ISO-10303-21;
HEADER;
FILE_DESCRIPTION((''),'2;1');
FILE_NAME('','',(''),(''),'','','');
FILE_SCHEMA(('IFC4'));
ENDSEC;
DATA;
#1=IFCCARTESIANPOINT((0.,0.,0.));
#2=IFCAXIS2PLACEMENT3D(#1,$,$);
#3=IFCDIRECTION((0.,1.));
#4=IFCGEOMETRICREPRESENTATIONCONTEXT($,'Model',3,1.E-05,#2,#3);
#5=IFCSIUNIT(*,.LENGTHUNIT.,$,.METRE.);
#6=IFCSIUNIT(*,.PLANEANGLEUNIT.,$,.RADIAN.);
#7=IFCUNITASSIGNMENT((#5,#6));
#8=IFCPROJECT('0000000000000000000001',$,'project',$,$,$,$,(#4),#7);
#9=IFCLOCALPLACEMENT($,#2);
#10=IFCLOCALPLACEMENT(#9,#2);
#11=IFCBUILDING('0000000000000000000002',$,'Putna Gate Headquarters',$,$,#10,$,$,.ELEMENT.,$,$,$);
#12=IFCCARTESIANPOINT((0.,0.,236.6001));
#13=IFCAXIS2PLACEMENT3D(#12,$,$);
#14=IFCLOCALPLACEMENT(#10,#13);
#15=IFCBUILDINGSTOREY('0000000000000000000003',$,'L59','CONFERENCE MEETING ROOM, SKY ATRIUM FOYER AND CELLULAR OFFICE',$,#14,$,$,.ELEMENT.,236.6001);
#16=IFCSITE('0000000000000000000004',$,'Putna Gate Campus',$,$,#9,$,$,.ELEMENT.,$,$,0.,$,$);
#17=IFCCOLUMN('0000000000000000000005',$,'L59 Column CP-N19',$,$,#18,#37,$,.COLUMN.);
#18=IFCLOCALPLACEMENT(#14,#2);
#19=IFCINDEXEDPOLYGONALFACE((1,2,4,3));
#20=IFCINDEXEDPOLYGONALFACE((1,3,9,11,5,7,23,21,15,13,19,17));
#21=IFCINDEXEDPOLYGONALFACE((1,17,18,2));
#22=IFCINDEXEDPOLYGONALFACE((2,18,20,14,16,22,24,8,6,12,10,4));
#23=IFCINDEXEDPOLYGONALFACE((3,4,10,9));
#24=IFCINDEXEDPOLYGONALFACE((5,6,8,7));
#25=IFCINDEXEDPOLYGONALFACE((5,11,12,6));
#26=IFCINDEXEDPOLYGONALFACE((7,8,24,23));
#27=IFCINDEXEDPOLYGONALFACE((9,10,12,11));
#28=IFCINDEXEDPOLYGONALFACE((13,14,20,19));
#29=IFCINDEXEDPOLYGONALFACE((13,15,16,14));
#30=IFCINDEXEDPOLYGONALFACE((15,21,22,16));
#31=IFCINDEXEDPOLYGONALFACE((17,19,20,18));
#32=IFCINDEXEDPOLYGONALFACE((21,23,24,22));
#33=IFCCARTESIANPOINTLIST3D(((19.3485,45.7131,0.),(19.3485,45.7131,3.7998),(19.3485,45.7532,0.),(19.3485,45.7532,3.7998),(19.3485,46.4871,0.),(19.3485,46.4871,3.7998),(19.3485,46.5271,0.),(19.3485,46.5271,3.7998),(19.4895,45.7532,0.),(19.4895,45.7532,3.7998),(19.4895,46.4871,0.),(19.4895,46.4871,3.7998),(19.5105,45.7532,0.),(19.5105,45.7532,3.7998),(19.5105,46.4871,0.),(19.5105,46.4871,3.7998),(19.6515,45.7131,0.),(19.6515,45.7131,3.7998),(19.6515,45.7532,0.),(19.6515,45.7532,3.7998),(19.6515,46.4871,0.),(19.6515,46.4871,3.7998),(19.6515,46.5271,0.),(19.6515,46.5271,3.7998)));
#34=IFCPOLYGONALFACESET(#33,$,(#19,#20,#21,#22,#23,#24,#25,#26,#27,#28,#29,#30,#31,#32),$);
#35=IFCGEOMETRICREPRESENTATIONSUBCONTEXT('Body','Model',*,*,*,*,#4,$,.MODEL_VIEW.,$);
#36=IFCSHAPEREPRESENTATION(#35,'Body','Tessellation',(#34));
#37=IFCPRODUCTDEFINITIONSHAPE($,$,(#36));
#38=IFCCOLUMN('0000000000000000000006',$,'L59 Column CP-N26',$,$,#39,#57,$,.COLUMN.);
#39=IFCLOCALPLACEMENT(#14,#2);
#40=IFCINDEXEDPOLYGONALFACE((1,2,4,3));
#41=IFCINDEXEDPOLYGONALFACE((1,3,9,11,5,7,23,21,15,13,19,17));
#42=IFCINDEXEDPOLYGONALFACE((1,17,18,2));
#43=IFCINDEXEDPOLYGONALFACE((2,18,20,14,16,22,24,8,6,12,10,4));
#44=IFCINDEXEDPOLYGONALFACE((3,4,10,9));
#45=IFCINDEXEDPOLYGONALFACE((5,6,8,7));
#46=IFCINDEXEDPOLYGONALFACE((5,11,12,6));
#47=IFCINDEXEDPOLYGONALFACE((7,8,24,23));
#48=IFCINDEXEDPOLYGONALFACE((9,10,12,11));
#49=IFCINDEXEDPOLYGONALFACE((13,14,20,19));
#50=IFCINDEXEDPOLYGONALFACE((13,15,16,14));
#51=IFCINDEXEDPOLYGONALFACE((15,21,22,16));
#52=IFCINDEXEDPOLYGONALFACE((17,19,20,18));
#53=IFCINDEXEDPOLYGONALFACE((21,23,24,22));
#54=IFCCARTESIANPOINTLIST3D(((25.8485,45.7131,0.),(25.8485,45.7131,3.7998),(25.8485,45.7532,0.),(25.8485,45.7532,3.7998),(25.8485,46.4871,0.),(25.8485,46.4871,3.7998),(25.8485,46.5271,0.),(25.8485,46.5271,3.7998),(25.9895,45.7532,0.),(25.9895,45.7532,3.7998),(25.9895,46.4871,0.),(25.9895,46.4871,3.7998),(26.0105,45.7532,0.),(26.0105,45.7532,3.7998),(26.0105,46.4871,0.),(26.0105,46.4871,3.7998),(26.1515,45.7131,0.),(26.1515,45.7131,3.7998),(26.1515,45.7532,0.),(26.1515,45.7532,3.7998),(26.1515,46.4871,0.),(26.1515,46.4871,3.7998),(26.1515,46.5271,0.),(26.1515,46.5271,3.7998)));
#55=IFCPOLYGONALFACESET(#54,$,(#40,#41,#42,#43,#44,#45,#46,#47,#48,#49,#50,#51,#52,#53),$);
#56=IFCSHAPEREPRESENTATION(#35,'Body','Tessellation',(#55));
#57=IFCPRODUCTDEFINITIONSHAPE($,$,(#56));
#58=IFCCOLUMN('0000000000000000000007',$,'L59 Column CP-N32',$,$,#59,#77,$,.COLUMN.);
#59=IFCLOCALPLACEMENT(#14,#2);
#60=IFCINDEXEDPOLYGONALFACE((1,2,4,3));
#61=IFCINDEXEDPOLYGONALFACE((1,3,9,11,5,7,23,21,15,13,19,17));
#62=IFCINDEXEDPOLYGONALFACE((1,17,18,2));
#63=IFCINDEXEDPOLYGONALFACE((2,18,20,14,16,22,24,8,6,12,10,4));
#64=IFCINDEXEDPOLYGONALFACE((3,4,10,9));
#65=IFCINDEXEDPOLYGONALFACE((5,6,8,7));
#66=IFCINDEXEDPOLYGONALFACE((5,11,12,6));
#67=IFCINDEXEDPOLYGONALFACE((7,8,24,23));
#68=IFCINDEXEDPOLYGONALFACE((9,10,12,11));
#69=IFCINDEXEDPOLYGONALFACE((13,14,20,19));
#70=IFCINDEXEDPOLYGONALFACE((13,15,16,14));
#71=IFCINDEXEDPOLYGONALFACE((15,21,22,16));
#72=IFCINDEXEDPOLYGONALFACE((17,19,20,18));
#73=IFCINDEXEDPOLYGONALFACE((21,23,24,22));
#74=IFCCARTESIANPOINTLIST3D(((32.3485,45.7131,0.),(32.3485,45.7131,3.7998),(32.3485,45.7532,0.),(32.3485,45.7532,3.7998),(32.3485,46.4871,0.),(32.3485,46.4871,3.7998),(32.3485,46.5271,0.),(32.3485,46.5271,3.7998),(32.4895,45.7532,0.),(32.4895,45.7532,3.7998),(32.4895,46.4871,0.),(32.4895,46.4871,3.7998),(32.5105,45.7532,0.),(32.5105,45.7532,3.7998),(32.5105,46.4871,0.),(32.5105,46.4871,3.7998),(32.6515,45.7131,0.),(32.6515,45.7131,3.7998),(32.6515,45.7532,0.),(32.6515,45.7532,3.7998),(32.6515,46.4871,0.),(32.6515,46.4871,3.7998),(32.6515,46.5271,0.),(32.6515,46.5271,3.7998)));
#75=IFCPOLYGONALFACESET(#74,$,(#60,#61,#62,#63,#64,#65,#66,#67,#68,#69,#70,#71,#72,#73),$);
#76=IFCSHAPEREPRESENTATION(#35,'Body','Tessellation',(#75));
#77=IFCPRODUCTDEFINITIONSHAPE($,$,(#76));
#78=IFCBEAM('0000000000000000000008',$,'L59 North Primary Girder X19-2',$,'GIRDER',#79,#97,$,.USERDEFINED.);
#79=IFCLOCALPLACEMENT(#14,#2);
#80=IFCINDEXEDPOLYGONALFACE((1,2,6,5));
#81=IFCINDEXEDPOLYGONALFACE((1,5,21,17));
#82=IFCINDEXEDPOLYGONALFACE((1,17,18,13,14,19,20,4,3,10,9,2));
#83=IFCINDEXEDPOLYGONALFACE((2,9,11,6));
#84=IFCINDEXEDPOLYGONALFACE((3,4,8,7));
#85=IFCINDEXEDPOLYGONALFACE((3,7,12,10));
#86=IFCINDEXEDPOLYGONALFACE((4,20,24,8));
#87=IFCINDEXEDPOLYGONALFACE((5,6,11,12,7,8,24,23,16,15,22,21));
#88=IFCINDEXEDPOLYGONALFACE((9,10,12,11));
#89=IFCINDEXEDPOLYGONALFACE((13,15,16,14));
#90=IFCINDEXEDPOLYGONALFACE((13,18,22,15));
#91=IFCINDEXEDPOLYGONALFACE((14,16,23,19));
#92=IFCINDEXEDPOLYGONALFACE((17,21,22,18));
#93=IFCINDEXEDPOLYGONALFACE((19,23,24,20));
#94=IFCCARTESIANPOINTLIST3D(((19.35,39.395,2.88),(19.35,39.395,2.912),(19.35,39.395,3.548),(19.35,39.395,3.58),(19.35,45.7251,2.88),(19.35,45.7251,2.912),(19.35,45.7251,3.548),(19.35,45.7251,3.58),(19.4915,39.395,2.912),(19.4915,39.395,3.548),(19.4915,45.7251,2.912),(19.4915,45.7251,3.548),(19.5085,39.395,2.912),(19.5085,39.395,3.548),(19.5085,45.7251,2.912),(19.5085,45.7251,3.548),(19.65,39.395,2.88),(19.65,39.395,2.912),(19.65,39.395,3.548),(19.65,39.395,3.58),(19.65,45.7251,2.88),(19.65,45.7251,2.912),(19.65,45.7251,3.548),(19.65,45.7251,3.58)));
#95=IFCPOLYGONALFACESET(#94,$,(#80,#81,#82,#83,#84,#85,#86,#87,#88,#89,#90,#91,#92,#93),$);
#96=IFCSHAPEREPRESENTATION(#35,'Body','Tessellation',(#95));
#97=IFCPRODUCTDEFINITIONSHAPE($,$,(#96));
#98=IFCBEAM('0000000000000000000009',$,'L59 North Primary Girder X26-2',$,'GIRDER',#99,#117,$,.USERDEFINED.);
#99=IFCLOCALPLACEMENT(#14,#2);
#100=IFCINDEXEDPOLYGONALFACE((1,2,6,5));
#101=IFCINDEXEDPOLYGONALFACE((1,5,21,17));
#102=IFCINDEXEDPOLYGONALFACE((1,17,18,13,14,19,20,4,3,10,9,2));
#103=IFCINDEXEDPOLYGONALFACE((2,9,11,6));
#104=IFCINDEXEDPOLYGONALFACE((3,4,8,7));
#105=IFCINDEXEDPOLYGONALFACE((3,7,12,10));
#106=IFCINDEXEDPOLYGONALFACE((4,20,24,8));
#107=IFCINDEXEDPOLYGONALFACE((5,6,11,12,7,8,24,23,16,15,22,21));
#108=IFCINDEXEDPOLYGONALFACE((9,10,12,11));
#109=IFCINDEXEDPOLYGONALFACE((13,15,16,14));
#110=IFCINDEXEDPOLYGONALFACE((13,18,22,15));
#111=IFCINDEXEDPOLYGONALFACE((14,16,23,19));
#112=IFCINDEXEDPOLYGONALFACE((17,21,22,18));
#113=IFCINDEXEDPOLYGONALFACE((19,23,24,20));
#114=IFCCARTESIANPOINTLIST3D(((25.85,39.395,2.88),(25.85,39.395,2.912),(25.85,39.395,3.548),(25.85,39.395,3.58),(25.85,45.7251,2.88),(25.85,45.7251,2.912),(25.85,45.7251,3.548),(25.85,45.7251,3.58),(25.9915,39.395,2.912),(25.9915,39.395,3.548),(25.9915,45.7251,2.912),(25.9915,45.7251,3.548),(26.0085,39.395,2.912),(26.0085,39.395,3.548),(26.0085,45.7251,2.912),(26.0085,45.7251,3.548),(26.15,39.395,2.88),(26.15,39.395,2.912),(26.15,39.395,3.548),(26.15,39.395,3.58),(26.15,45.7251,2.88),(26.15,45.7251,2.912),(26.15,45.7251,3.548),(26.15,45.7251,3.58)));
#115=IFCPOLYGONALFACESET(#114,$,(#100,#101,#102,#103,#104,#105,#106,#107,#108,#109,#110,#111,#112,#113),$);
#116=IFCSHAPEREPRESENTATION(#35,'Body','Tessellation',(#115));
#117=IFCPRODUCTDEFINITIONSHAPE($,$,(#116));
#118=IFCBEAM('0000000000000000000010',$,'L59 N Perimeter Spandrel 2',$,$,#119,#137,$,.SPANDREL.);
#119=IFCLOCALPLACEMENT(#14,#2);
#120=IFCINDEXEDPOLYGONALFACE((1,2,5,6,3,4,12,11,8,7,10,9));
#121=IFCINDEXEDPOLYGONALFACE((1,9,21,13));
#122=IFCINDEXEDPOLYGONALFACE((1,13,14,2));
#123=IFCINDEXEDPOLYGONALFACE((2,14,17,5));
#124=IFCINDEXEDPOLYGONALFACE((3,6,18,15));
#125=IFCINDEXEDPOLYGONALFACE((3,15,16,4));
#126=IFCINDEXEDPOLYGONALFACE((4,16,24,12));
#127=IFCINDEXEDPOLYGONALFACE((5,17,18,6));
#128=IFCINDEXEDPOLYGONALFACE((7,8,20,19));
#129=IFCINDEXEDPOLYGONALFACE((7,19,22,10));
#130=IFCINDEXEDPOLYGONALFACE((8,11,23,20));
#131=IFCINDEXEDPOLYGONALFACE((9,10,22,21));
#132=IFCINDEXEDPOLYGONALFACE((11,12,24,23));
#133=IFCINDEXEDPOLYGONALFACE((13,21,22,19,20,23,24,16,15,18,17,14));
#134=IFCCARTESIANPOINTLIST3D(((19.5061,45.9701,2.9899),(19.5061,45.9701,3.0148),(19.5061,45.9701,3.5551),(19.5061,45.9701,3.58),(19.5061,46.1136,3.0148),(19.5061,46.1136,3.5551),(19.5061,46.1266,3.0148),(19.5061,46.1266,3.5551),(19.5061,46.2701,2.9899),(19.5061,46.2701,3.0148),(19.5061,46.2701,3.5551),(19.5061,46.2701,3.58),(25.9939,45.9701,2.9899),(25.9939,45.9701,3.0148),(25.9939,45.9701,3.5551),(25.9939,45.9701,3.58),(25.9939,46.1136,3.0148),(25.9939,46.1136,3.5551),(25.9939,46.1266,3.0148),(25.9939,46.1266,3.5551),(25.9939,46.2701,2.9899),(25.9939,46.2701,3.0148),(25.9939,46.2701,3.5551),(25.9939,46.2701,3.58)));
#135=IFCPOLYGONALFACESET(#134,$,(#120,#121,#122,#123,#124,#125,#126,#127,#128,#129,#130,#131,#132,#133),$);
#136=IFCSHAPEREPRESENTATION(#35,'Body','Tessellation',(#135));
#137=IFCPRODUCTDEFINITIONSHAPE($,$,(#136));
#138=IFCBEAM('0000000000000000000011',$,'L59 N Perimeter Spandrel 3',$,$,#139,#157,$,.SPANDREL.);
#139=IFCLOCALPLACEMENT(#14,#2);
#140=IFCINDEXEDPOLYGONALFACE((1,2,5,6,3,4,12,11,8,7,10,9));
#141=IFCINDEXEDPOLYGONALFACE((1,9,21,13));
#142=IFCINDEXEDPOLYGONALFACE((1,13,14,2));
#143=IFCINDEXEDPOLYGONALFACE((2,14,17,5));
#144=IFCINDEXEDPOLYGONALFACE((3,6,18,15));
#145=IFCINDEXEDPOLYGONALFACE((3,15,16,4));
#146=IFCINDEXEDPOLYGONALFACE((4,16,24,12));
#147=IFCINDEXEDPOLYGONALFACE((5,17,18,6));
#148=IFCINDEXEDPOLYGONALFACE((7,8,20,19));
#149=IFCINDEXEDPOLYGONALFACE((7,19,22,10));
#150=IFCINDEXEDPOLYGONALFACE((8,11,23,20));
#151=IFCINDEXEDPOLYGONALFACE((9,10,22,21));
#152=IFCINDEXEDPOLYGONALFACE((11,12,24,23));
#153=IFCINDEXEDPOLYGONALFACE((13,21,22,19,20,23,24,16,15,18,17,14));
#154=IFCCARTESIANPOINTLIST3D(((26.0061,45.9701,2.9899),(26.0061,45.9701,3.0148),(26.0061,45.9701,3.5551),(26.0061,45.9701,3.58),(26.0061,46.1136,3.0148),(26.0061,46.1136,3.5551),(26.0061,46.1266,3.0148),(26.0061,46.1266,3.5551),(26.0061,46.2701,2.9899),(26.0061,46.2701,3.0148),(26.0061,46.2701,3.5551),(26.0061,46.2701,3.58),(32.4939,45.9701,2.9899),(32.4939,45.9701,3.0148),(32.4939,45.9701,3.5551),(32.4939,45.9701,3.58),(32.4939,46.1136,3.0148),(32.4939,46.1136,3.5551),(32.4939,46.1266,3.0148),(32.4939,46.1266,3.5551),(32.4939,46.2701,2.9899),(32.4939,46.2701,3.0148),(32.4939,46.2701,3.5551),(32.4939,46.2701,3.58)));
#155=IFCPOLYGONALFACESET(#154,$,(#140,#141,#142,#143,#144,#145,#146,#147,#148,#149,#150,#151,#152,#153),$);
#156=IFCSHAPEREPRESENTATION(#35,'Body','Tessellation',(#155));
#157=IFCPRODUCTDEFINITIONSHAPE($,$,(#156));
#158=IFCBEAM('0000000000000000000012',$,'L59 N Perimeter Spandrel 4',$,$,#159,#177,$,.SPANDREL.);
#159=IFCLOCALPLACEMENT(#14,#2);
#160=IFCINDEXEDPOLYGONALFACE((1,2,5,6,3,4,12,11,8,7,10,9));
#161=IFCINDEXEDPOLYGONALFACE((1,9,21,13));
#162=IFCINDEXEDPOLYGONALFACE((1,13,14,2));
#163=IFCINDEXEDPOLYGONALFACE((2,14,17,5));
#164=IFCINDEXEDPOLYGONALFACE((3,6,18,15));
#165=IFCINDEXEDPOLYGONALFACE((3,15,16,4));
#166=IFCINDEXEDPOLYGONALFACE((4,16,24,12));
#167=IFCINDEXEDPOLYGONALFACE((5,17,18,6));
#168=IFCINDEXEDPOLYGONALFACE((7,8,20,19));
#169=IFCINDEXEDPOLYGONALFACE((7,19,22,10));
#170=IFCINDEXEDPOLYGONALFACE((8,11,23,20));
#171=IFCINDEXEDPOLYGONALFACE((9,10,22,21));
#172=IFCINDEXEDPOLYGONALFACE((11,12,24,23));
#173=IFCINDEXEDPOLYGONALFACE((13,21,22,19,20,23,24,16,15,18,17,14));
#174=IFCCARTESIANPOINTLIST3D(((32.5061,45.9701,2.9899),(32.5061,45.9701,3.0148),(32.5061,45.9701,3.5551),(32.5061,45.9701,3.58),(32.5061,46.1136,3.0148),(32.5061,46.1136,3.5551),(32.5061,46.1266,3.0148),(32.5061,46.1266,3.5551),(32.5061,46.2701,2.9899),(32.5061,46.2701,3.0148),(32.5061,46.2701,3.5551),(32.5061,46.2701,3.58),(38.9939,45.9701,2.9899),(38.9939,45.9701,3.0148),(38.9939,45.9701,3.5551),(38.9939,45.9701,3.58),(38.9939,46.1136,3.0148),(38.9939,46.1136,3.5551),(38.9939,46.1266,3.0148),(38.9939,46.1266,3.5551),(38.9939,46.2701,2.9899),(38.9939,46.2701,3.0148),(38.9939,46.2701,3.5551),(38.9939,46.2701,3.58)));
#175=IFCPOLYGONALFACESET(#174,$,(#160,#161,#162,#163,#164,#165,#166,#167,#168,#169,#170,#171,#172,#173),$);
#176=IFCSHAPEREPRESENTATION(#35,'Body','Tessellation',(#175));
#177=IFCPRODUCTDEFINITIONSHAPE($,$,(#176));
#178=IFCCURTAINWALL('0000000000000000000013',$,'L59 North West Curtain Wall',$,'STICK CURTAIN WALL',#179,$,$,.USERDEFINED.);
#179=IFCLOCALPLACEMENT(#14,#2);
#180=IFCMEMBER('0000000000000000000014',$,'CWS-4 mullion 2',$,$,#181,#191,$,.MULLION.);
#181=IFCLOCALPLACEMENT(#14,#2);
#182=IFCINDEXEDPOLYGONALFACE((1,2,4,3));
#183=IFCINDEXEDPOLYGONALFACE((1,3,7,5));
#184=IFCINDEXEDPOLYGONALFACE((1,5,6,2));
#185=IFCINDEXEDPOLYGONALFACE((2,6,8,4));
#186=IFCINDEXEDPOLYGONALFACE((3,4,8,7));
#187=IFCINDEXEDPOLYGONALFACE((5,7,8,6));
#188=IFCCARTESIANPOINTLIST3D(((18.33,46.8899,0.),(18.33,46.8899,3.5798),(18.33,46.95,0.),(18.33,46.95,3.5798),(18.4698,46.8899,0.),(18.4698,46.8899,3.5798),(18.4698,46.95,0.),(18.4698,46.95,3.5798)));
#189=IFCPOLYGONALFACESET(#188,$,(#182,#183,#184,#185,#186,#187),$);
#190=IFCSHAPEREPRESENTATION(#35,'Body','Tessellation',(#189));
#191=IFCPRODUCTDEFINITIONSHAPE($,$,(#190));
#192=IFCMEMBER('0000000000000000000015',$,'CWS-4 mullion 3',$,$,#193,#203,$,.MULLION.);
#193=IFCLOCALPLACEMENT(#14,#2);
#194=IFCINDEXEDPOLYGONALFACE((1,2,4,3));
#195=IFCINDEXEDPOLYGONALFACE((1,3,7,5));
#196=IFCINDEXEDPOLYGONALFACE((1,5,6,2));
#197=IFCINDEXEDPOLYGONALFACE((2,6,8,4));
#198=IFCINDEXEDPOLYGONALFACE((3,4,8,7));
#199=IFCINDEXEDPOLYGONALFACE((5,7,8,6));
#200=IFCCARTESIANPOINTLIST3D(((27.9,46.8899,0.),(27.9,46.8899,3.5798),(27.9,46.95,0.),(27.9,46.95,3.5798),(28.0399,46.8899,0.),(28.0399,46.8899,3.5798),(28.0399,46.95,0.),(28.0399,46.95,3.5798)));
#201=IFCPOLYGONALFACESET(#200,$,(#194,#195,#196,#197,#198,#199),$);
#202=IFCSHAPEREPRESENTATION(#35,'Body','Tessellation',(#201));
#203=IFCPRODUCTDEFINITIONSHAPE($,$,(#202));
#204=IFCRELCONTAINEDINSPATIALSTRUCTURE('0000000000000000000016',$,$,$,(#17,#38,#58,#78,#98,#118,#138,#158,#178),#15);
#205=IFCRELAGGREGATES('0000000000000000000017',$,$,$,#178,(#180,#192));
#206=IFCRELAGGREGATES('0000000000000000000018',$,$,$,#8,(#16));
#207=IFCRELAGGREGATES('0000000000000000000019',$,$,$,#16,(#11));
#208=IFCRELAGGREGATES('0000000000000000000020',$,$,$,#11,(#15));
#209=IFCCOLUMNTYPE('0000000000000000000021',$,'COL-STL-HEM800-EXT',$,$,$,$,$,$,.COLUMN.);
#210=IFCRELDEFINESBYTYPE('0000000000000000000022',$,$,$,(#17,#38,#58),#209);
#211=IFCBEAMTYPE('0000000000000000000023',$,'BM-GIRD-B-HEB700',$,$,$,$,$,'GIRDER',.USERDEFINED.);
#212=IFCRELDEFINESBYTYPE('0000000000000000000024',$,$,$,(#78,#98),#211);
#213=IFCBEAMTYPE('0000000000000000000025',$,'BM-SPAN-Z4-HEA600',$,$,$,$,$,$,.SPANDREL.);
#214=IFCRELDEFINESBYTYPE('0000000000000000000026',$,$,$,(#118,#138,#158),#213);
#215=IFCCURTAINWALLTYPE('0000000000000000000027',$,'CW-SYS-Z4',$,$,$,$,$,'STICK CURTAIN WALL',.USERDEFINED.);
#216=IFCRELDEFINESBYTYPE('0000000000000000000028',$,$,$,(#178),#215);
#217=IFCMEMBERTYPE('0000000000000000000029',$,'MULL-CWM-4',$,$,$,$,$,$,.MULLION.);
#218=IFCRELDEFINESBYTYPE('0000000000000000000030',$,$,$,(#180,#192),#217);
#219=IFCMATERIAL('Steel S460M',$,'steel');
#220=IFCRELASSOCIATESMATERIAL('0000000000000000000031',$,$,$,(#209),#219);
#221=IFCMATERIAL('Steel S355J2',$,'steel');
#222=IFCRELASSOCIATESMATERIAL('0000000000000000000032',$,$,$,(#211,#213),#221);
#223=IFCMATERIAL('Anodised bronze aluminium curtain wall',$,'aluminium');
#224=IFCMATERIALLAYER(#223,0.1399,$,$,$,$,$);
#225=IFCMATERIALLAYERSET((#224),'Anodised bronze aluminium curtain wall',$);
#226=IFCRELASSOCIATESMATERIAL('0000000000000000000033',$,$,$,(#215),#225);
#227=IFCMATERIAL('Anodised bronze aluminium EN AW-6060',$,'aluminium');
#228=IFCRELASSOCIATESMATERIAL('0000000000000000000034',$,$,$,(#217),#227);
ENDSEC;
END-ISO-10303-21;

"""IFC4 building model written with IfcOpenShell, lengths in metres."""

from ifc_helpers import new_model, si_unit, direction, frame, origin, origin_2d, place, context, subcontext, project, spatial, rectangle, i_section, extrude, material, layer, layer_set, material_profile, profile_set, type_object, element, aggregate, save


model = new_model("IFC4")

# Units and contexts
model_context = context("Model", 3, precision=1e-05, world=origin(), true_north=direction((0.0, 1.0)))
body_context = subcontext(model_context, "Body", "Model", "MODEL_VIEW")
ifc_project = project(units=[si_unit("LENGTHUNIT", "METRE"), si_unit("PLANEANGLEUNIT", "RADIAN")], contexts=[model_context])

# Site, building, storey
site_placement = place(None, origin())
site = spatial("IfcSite", under=ifc_project, at=site_placement, Name="Putna Gate Campus", CompositionType="ELEMENT", RefElevation=0.0)
building_placement = place(site_placement, origin())
building = spatial("IfcBuilding", under=site, at=building_placement, Name="Putna Gate Headquarters", CompositionType="ELEMENT")
storey_placement = place(building_placement, frame((0.0, 0.0, 236.6001)))
storey = spatial("IfcBuildingStorey", under=building, at=storey_placement, Name="L59", Description="CONFERENCE MEETING ROOM, SKY ATRIUM FOYER AND CELLULAR OFFICE", CompositionType="ELEMENT", Elevation=236.6001)

# Columns
ifc_material_1 = material(Name="Steel S460M", Category="steel")
ifc_material_profile_1 = material_profile(ifc_material_1, i_section(OverallWidth=0.303, OverallDepth=0.814, WebThickness=0.021, FlangeThickness=0.04, at=origin_2d()), Name="Steel S460M")
ifc_profile_set_1 = profile_set([ifc_material_profile_1], Name="Steel S460M")
column_type = type_object("IfcColumnType", Name="COL-STL-HEM800-EXT", PredefinedType="COLUMN", material=ifc_profile_set_1)
for number, where, z_axis, x_axis, name in (
    (1, (19.5, 46.1201, 0.0), (0.0, 0.0, 1.0), (1.0, 0.0, 0.0), "L59 Column CP-N19"),
    (2, (26.0, 46.1201, 0.0), (0.0, 0.0, 1.0), (1.0, 0.0, 0.0), "L59 Column CP-N26"),
    (3, (32.5, 46.1201, 0.0), (0.0, 0.0, 1.0), (1.0, 0.0, 0.0), "L59 Column CP-N32"),
):
    element("IfcColumn", number, at=place(storey_placement, frame(where, z_axis=z_axis, x_axis=x_axis)), inside=storey, type_object=column_type, Name=name, PredefinedType="COLUMN", context=body_context, shape_type="SweptSolid", body=[
        extrude(i_section(OverallWidth=0.303, OverallDepth=0.814, WebThickness=0.021, FlangeThickness=0.04, at=origin_2d()), origin(), (0.0, 0.0, 1.0), 3.7998),
    ])

# Beams
ifc_material_2 = material(Name="Steel S355J2", Category="steel")
ifc_material_profile_2 = material_profile(ifc_material_2, i_section(OverallWidth=0.3, OverallDepth=0.7, WebThickness=0.0171, FlangeThickness=0.032, at=origin_2d()), Name="Steel S355J2")
ifc_profile_set_2 = profile_set([ifc_material_profile_2], Name="Steel S355J2")
beam_type_1 = type_object("IfcBeamType", Name="BM-GIRD-B-HEB700", ElementType="GIRDER", PredefinedType="USERDEFINED", material=ifc_profile_set_2)
for number, where, z_axis, x_axis, name in (
    (4, (19.5, 39.395, 3.23), (0.0, 1.0, 0.0), (-1.0, 0.0, 0.0), "L59 North Primary Girder X19-2"),
    (5, (26.0, 39.395, 3.23), (0.0, 1.0, 0.0), (-1.0, 0.0, 0.0), "L59 North Primary Girder X26-2"),
):
    element("IfcBeam", number, at=place(storey_placement, frame(where, z_axis=z_axis, x_axis=x_axis)), inside=storey, type_object=beam_type_1, Name=name, ObjectType="GIRDER", PredefinedType="USERDEFINED", context=body_context, shape_type="SweptSolid", body=[
        extrude(i_section(OverallWidth=0.3, OverallDepth=0.7, WebThickness=0.0171, FlangeThickness=0.032, at=origin_2d()), origin(), (0.0, 0.0, 1.0), 6.3301),
    ])
ifc_material_profile_3 = material_profile(ifc_material_2, i_section(OverallWidth=0.3, OverallDepth=0.5901, WebThickness=0.0129, FlangeThickness=0.0249, at=origin_2d()), Name="Steel S355J2")
ifc_profile_set_3 = profile_set([ifc_material_profile_3], Name="Steel S355J2")
beam_type_2 = type_object("IfcBeamType", Name="BM-SPAN-Z4-HEA600", PredefinedType="SPANDREL", material=ifc_profile_set_3)
for number, where, z_axis, x_axis, name in (
    (6, (19.5061, 46.1201, 3.2849), (1.0, 0.0, 0.0), (0.0, 1.0, 0.0), "L59 N Perimeter Spandrel 2"),
    (7, (26.0061, 46.1201, 3.2849), (1.0, 0.0, 0.0), (0.0, 1.0, 0.0), "L59 N Perimeter Spandrel 3"),
    (8, (32.5061, 46.1201, 3.2849), (1.0, 0.0, 0.0), (0.0, 1.0, 0.0), "L59 N Perimeter Spandrel 4"),
):
    element("IfcBeam", number, at=place(storey_placement, frame(where, z_axis=z_axis, x_axis=x_axis)), inside=storey, type_object=beam_type_2, Name=name, PredefinedType="SPANDREL", context=body_context, shape_type="SweptSolid", body=[
        extrude(i_section(OverallWidth=0.3, OverallDepth=0.5901, WebThickness=0.0129, FlangeThickness=0.0249, at=origin_2d()), origin(), (0.0, 0.0, 1.0), 6.4878),
    ])

# Curtain wall, members
ifc_material_3 = material(Name="Anodised bronze aluminium curtain wall", Category="aluminium")
ifc_layer_1 = layer(ifc_material_3, 0.1399)
ifc_layer_set_1 = layer_set([ifc_layer_1], Name="Anodised bronze aluminium curtain wall")
curtain_wall_type_1 = type_object("IfcCurtainWallType", Name="CW-SYS-Z4", ElementType="STICK CURTAIN WALL", PredefinedType="USERDEFINED", material=ifc_layer_set_1)
curtain_wall_1_placement = place(storey_placement, origin())
curtain_wall_1 = element("IfcCurtainWall", 9, at=curtain_wall_1_placement, inside=storey, type_object=curtain_wall_type_1, Name="L59 North West Curtain Wall", ObjectType="STICK CURTAIN WALL", PredefinedType="USERDEFINED")
ifc_material_4 = material(Name="Anodised bronze aluminium EN AW-6060", Category="aluminium")
ifc_material_profile_4 = material_profile(ifc_material_4, rectangle(XDim=0.0601, YDim=0.1399, at=origin_2d()), Name="Anodised bronze aluminium EN AW-6060")
ifc_profile_set_4 = profile_set([ifc_material_profile_4], Name="Anodised bronze aluminium EN AW-6060")
member_type_1 = type_object("IfcMemberType", Name="MULL-CWM-4", PredefinedType="MULLION", material=ifc_profile_set_4)
member_1_placement = place(storey_placement, frame((18.3999, 46.9199, 0.0), z_axis=(0.0, 0.0, 1.0), x_axis=(0.0, 1.0, 0.0)))
member_1 = element("IfcMember", 10, at=member_1_placement, type_object=member_type_1, Name="CWS-4 mullion 2", PredefinedType="MULLION", context=body_context, shape_type="SweptSolid", body=[
    extrude(rectangle(XDim=0.0601, YDim=0.1399, at=origin_2d()), origin(), (0.0, 0.0, 1.0), 3.5798),
])
member_2_placement = place(storey_placement, frame((27.97, 46.9199, 0.0), z_axis=(0.0, 0.0, 1.0), x_axis=(0.0, 1.0, 0.0)))
member_2 = element("IfcMember", 11, at=member_2_placement, type_object=member_type_1, Name="CWS-4 mullion 3", PredefinedType="MULLION", context=body_context, shape_type="SweptSolid", body=[
    extrude(rectangle(XDim=0.0601, YDim=0.1399, at=origin_2d()), origin(), (0.0, 0.0, 1.0), 3.5798),
])

aggregate(curtain_wall_1, [member_1, member_2])

save(model, "model.ifc")
